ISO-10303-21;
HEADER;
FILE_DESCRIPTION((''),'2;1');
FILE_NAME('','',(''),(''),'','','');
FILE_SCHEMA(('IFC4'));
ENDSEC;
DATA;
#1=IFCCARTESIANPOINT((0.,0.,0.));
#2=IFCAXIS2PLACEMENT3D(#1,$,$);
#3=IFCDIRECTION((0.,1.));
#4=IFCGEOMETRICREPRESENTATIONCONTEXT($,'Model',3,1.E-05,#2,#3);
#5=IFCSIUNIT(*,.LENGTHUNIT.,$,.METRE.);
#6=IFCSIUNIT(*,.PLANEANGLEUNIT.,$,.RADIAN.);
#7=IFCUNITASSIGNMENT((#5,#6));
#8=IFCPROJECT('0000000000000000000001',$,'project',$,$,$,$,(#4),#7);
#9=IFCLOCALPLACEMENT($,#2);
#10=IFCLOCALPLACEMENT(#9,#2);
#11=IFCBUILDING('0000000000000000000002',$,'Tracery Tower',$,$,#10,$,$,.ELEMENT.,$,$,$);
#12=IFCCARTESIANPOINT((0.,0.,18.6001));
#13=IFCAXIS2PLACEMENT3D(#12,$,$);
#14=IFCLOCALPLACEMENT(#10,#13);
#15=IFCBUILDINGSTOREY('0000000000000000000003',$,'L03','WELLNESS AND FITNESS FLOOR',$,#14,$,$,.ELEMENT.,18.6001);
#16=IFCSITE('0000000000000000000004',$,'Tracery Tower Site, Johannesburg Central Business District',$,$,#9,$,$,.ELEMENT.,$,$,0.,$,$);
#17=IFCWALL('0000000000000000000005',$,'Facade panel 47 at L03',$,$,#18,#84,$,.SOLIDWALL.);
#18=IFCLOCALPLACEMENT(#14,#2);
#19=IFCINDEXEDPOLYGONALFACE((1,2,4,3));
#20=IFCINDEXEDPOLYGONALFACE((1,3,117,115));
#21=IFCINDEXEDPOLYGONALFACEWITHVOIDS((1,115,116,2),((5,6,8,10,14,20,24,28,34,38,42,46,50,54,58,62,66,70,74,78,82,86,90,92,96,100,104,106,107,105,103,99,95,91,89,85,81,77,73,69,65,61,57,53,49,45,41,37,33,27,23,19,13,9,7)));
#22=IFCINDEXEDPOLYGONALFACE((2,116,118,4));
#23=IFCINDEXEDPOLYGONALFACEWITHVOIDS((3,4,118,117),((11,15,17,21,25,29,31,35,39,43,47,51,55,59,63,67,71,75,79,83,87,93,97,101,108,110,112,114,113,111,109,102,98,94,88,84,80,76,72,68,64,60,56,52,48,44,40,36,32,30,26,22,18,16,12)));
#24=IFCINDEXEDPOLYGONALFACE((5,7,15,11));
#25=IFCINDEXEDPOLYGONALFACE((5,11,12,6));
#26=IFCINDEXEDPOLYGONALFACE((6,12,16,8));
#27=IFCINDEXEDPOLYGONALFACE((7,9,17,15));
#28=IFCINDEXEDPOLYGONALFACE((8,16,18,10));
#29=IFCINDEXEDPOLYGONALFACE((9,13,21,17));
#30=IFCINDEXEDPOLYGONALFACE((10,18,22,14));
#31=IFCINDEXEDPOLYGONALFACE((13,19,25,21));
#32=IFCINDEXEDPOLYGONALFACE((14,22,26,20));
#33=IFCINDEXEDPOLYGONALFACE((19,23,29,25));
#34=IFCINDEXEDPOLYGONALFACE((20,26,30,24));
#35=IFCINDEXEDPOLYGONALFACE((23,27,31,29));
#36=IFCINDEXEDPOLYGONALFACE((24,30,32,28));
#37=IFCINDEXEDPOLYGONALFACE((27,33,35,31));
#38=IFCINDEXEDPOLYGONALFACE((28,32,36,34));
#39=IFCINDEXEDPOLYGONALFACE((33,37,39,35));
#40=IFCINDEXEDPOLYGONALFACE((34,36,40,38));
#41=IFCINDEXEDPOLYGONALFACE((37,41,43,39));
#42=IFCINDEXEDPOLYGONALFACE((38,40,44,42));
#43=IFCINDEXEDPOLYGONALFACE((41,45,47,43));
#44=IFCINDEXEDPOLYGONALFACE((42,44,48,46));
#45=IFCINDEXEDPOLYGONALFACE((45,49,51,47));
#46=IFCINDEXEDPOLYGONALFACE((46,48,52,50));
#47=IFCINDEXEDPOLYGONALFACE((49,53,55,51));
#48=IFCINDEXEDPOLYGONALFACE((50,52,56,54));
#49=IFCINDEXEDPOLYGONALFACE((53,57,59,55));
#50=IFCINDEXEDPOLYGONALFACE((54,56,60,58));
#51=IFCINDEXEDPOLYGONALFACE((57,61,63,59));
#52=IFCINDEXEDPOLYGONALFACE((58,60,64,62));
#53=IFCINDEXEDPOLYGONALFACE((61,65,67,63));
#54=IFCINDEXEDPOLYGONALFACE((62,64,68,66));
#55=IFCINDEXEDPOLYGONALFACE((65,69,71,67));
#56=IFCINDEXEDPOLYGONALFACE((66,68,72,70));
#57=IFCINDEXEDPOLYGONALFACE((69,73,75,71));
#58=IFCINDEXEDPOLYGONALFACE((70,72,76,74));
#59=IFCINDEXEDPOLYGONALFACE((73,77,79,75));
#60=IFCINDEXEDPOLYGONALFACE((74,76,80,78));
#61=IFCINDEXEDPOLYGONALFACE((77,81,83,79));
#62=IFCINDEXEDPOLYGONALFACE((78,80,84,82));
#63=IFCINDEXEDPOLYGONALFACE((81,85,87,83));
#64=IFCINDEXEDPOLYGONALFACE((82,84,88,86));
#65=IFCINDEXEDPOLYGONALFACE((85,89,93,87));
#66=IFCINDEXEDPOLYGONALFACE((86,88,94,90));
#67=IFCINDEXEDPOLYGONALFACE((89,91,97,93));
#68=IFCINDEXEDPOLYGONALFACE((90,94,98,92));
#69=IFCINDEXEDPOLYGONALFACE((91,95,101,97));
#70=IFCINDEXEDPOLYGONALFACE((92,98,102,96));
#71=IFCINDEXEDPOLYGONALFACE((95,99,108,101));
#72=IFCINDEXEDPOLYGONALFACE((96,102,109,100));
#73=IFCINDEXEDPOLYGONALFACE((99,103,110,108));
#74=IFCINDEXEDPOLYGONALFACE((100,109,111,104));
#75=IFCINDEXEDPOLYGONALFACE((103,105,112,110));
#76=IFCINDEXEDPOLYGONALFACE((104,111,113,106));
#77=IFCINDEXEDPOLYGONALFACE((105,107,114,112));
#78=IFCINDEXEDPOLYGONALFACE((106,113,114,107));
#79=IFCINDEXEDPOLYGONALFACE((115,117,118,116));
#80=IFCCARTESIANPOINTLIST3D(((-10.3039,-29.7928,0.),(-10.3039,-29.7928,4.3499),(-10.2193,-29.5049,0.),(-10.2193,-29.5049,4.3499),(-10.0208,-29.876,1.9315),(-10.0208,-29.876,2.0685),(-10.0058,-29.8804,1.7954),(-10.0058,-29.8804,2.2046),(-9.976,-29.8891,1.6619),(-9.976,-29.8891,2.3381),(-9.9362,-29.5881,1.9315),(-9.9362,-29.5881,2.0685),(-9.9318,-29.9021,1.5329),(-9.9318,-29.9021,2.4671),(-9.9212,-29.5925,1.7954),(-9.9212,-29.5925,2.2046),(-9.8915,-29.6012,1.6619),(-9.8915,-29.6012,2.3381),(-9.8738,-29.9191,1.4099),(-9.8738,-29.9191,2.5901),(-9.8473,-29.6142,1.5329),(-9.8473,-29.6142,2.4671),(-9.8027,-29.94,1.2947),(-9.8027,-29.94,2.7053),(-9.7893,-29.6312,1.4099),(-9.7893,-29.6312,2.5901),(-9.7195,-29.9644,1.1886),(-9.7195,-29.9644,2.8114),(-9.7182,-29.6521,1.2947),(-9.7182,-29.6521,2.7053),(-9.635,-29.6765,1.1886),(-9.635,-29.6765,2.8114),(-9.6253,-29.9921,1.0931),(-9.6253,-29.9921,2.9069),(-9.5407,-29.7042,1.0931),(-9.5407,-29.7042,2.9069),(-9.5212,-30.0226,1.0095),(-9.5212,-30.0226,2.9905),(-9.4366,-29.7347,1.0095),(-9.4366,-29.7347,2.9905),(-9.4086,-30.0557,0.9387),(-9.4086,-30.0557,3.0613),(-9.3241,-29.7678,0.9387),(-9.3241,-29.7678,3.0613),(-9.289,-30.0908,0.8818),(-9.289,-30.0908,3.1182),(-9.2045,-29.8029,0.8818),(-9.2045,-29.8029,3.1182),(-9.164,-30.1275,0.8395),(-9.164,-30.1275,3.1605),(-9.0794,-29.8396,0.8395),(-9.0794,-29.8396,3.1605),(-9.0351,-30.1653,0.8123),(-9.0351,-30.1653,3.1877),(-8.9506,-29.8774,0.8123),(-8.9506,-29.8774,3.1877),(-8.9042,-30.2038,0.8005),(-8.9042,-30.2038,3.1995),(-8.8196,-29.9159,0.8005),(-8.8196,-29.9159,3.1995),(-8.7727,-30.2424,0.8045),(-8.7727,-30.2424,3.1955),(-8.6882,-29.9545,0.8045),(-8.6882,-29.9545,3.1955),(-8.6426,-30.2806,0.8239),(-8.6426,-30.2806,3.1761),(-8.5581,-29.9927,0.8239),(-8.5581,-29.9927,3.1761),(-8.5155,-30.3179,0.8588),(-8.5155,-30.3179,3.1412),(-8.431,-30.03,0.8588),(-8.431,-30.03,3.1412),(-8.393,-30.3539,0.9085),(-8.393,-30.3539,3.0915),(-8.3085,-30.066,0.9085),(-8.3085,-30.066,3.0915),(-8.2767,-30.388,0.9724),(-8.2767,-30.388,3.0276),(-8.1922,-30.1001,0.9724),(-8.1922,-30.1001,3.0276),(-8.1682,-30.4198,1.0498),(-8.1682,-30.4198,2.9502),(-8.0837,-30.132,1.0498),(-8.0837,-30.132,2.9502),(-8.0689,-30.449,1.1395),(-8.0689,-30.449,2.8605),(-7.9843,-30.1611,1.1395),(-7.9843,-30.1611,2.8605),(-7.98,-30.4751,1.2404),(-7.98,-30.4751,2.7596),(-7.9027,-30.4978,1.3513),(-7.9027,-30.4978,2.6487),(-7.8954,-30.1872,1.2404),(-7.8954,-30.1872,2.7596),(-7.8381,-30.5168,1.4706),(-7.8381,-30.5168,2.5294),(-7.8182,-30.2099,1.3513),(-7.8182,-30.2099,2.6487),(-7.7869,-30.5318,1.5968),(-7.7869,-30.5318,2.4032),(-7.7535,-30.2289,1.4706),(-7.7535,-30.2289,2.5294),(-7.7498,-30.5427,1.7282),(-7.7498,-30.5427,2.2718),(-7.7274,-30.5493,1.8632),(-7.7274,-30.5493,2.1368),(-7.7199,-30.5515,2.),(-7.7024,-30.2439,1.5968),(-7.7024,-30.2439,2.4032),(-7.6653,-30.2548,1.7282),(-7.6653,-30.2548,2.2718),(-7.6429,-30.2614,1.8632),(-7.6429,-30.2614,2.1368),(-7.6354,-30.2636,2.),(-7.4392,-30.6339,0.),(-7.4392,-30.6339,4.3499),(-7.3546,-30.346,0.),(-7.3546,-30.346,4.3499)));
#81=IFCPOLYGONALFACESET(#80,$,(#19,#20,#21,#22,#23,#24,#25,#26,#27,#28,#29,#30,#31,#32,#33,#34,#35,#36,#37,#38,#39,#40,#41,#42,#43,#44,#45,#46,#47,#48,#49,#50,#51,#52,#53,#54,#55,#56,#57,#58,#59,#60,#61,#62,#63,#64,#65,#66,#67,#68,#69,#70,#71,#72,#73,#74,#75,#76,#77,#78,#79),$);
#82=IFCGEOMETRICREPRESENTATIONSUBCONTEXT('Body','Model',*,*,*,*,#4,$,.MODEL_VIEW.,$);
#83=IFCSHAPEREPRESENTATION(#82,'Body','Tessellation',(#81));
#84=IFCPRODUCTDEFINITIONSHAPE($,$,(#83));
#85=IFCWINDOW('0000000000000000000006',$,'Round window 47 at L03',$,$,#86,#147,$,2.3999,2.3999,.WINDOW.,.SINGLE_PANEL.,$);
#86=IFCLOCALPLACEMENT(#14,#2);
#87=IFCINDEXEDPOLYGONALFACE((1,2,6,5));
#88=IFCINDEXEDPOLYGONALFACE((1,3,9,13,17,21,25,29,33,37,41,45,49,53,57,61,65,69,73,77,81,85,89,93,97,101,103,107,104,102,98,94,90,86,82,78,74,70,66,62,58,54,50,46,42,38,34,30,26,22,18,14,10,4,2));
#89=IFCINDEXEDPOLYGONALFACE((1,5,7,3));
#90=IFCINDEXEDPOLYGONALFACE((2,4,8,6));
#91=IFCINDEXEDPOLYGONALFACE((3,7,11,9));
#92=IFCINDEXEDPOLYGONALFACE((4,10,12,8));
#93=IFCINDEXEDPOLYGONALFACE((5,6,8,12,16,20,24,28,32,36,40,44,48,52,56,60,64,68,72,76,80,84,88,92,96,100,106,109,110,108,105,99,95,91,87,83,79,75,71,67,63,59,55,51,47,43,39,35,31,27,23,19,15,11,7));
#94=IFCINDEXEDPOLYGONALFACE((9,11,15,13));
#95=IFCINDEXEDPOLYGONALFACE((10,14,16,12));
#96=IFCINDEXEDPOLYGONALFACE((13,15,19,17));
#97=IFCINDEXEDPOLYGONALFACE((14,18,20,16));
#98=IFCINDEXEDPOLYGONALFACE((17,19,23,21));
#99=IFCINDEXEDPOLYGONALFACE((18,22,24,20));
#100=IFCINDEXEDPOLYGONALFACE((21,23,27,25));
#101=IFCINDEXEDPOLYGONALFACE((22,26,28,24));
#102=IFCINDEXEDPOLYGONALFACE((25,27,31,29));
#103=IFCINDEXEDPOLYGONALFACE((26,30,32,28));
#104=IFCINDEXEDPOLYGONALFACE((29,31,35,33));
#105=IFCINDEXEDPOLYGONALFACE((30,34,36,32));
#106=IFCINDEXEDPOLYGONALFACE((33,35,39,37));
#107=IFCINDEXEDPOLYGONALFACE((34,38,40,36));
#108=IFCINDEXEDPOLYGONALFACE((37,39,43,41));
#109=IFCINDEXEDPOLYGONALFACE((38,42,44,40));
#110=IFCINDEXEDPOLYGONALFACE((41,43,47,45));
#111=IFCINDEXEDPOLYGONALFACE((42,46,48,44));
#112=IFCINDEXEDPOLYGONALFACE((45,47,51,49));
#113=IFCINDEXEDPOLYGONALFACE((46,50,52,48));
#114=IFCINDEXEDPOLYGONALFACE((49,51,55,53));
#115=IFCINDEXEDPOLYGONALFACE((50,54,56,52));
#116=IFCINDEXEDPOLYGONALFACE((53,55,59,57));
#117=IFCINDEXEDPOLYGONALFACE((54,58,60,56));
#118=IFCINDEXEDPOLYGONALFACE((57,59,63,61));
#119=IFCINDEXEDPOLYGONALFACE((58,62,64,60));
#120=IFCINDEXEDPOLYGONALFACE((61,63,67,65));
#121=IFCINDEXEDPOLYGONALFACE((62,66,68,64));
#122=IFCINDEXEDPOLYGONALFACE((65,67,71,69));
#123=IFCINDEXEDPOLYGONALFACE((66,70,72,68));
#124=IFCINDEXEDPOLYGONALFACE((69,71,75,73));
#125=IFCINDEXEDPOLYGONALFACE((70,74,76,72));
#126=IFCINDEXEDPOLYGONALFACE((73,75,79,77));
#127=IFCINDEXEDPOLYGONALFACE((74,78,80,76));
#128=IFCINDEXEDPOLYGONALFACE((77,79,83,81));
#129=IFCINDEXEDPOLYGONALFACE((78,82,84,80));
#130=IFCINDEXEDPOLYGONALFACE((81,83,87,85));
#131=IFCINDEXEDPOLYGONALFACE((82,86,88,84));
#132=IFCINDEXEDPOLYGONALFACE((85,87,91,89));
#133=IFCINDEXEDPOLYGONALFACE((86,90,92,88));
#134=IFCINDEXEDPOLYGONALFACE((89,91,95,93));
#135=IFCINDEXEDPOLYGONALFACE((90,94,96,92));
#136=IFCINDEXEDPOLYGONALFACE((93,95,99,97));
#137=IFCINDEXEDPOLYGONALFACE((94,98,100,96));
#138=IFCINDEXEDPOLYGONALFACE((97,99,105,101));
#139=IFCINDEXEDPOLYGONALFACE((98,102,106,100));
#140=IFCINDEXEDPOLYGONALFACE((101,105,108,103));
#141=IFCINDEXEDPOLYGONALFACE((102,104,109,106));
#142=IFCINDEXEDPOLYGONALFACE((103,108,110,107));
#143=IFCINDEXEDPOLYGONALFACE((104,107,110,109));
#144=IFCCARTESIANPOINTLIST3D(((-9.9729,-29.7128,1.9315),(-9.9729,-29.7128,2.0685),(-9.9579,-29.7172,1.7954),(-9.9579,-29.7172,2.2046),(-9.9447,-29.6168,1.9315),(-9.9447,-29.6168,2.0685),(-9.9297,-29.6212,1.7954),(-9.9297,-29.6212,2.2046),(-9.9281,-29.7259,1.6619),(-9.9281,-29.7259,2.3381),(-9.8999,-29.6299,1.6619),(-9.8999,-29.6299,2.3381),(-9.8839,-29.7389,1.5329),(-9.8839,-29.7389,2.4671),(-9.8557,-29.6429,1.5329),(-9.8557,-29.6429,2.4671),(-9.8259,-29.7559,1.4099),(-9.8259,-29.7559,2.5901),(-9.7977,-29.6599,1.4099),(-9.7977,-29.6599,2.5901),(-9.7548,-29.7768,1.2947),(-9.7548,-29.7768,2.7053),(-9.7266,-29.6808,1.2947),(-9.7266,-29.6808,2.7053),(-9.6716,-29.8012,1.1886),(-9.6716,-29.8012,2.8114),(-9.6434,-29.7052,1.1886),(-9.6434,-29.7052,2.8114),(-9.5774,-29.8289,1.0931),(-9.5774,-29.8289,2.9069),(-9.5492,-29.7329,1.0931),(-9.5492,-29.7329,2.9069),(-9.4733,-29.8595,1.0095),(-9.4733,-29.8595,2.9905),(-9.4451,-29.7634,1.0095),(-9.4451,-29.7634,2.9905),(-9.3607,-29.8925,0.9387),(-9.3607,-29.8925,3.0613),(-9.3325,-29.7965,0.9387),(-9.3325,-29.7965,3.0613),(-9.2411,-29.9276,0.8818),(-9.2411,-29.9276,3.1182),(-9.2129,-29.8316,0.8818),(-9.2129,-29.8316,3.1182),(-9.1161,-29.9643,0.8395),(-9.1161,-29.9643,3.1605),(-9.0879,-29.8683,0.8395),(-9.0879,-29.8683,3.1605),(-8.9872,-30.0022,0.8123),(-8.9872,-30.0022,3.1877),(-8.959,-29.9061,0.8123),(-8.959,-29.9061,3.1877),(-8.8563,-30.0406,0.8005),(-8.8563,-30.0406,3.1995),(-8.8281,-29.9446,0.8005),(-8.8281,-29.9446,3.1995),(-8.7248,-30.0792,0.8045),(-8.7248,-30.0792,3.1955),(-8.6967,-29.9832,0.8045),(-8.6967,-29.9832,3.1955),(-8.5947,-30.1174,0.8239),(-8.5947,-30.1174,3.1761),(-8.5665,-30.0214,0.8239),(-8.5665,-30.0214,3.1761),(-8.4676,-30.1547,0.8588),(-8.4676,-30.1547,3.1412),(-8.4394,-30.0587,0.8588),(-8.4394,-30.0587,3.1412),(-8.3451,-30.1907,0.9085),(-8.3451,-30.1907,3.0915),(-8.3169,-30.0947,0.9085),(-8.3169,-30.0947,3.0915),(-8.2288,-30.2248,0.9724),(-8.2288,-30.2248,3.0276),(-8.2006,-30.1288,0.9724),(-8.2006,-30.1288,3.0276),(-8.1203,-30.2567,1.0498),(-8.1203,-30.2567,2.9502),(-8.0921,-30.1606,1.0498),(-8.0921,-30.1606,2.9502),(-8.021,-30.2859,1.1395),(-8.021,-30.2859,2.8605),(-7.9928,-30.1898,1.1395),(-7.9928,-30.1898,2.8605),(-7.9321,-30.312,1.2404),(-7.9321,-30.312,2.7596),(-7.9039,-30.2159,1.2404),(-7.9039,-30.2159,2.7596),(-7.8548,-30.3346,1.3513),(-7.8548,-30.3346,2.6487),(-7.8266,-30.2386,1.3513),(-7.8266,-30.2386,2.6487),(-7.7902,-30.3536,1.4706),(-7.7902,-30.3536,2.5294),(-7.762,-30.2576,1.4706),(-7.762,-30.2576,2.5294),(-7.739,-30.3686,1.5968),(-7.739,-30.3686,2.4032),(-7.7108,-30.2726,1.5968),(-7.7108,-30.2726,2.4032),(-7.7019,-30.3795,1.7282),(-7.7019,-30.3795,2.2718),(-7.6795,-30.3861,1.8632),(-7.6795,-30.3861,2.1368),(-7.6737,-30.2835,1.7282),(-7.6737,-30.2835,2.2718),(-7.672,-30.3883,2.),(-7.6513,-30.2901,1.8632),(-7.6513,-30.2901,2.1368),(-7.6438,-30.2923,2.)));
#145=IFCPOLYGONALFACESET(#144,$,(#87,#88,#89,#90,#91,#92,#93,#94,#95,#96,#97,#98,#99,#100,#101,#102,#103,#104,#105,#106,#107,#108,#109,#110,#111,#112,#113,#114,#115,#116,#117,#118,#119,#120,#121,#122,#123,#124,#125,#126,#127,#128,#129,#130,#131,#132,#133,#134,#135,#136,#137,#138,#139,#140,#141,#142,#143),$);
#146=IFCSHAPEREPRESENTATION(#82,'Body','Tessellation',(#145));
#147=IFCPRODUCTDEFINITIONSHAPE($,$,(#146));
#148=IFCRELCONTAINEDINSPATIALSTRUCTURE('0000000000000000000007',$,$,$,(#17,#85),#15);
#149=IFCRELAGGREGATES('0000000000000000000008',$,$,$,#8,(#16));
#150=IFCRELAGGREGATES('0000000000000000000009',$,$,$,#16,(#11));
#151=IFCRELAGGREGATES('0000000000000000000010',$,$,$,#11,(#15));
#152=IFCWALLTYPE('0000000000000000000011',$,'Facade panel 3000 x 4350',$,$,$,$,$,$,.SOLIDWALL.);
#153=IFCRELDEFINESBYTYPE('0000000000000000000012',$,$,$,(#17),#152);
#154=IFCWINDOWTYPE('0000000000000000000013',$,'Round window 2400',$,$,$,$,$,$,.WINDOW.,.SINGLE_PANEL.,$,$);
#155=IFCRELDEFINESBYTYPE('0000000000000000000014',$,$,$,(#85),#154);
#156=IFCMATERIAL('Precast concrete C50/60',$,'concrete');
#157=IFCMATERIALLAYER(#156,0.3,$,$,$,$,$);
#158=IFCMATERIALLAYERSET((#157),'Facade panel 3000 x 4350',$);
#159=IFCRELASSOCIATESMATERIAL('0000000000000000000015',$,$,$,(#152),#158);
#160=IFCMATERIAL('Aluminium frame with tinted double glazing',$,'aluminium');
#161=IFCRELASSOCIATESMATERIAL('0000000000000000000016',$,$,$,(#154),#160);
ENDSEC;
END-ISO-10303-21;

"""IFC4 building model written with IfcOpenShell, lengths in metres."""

from ifc_helpers import new_model, si_unit, direction, frame, frame_2d, origin, origin_2d, place, context, subcontext, project, spatial, rectangle, circle, extrude, material, layer, layer_set, type_object, element, fill, save


model = new_model("IFC4")

# Units and contexts
model_context = context("Model", 3, precision=1e-05, world=origin(), true_north=direction((0.0, 1.0)))
body_context = subcontext(model_context, "Body", "Model", "MODEL_VIEW")
ifc_project = project(units=[si_unit("LENGTHUNIT", "METRE"), si_unit("PLANEANGLEUNIT", "RADIAN")], contexts=[model_context])

# Site, building, storey
site_placement = place(None, origin())
site = spatial("IfcSite", under=ifc_project, at=site_placement, Name="Tracery Tower Site, Johannesburg Central Business District", CompositionType="ELEMENT", RefElevation=0.0)
building_placement = place(site_placement, origin())
building = spatial("IfcBuilding", under=site, at=building_placement, Name="Tracery Tower", CompositionType="ELEMENT")
storey_placement = place(building_placement, frame((0.0, 0.0, 18.6001)))
storey = spatial("IfcBuildingStorey", under=building, at=storey_placement, Name="L03", Description="WELLNESS AND FITNESS FLOOR", CompositionType="ELEMENT", Elevation=18.6001)

# Wall, opening, window
ifc_material_1 = material(Name="Precast concrete C50/60", Category="concrete")
ifc_layer_1 = layer(ifc_material_1, 0.3)
ifc_layer_set_1 = layer_set([ifc_layer_1], Name="Facade panel 3000 x 4350")
wall_type_1 = type_object("IfcWallType", Name="Facade panel 3000 x 4350", PredefinedType="SOLIDWALL", material=ifc_layer_set_1)
ifc_material_2 = material(Name="Aluminium frame with tinted double glazing", Category="aluminium")
window_type = type_object("IfcWindowType", Name="Round window 2400", PartitioningType="SINGLE_PANEL", PredefinedType="WINDOW", material=ifc_material_2)
wall_1_placement = place(storey_placement, frame((-10.2615, -29.6489, 0.0), z_axis=(0.0, 0.0, 1.0), x_axis=(0.959502, -0.281701, 0.0)))
wall_1 = element("IfcWall", 1, at=wall_1_placement, inside=storey, type_object=wall_type_1, Name="Facade panel 47 at L03", PredefinedType="SOLIDWALL", context=body_context, shape_type="SweptSolid", body=[
    extrude(rectangle(XDim=2.9856, YDim=0.3, at=frame_2d((1.4927, 0.0))), origin(), (0.0, 0.0, 1.0), 4.3499),
])
opening_1_placement = place(wall_1_placement, frame((1.4929, 0.0, 2.0)))
opening_1 = element("IfcOpeningElement", 2, at=opening_1_placement, cuts=wall_1, PredefinedType="OPENING", context=body_context, shape_type="SweptSolid", body=[
    extrude(circle(Radius=1.2, at=origin_2d()), frame((0.0, 0.1599, 0.0), z_axis=(0.0, -1.0, 0.0), x_axis=(1.0, 0.0, 0.0)), (0.0, 0.0, 1.0), 0.3201),
])
window_1_placement = place(opening_1_placement, origin())
window_1 = element("IfcWindow", 3, at=window_1_placement, inside=storey, type_object=window_type, Name="Round window 47 at L03", OverallHeight=2.3999, OverallWidth=2.3999, PartitioningType="SINGLE_PANEL", PredefinedType="WINDOW", context=body_context, shape_type="SweptSolid", body=[
    extrude(circle(Radius=1.2, at=origin_2d()), frame((0.0, 0.1201, 0.0), z_axis=(0.0, -1.0, 0.0), x_axis=(1.0, 0.0, 0.0)), (0.0, 0.0, 1.0), 0.1001),
])
fill(opening_1, window_1)

save(model, "model.ifc")
